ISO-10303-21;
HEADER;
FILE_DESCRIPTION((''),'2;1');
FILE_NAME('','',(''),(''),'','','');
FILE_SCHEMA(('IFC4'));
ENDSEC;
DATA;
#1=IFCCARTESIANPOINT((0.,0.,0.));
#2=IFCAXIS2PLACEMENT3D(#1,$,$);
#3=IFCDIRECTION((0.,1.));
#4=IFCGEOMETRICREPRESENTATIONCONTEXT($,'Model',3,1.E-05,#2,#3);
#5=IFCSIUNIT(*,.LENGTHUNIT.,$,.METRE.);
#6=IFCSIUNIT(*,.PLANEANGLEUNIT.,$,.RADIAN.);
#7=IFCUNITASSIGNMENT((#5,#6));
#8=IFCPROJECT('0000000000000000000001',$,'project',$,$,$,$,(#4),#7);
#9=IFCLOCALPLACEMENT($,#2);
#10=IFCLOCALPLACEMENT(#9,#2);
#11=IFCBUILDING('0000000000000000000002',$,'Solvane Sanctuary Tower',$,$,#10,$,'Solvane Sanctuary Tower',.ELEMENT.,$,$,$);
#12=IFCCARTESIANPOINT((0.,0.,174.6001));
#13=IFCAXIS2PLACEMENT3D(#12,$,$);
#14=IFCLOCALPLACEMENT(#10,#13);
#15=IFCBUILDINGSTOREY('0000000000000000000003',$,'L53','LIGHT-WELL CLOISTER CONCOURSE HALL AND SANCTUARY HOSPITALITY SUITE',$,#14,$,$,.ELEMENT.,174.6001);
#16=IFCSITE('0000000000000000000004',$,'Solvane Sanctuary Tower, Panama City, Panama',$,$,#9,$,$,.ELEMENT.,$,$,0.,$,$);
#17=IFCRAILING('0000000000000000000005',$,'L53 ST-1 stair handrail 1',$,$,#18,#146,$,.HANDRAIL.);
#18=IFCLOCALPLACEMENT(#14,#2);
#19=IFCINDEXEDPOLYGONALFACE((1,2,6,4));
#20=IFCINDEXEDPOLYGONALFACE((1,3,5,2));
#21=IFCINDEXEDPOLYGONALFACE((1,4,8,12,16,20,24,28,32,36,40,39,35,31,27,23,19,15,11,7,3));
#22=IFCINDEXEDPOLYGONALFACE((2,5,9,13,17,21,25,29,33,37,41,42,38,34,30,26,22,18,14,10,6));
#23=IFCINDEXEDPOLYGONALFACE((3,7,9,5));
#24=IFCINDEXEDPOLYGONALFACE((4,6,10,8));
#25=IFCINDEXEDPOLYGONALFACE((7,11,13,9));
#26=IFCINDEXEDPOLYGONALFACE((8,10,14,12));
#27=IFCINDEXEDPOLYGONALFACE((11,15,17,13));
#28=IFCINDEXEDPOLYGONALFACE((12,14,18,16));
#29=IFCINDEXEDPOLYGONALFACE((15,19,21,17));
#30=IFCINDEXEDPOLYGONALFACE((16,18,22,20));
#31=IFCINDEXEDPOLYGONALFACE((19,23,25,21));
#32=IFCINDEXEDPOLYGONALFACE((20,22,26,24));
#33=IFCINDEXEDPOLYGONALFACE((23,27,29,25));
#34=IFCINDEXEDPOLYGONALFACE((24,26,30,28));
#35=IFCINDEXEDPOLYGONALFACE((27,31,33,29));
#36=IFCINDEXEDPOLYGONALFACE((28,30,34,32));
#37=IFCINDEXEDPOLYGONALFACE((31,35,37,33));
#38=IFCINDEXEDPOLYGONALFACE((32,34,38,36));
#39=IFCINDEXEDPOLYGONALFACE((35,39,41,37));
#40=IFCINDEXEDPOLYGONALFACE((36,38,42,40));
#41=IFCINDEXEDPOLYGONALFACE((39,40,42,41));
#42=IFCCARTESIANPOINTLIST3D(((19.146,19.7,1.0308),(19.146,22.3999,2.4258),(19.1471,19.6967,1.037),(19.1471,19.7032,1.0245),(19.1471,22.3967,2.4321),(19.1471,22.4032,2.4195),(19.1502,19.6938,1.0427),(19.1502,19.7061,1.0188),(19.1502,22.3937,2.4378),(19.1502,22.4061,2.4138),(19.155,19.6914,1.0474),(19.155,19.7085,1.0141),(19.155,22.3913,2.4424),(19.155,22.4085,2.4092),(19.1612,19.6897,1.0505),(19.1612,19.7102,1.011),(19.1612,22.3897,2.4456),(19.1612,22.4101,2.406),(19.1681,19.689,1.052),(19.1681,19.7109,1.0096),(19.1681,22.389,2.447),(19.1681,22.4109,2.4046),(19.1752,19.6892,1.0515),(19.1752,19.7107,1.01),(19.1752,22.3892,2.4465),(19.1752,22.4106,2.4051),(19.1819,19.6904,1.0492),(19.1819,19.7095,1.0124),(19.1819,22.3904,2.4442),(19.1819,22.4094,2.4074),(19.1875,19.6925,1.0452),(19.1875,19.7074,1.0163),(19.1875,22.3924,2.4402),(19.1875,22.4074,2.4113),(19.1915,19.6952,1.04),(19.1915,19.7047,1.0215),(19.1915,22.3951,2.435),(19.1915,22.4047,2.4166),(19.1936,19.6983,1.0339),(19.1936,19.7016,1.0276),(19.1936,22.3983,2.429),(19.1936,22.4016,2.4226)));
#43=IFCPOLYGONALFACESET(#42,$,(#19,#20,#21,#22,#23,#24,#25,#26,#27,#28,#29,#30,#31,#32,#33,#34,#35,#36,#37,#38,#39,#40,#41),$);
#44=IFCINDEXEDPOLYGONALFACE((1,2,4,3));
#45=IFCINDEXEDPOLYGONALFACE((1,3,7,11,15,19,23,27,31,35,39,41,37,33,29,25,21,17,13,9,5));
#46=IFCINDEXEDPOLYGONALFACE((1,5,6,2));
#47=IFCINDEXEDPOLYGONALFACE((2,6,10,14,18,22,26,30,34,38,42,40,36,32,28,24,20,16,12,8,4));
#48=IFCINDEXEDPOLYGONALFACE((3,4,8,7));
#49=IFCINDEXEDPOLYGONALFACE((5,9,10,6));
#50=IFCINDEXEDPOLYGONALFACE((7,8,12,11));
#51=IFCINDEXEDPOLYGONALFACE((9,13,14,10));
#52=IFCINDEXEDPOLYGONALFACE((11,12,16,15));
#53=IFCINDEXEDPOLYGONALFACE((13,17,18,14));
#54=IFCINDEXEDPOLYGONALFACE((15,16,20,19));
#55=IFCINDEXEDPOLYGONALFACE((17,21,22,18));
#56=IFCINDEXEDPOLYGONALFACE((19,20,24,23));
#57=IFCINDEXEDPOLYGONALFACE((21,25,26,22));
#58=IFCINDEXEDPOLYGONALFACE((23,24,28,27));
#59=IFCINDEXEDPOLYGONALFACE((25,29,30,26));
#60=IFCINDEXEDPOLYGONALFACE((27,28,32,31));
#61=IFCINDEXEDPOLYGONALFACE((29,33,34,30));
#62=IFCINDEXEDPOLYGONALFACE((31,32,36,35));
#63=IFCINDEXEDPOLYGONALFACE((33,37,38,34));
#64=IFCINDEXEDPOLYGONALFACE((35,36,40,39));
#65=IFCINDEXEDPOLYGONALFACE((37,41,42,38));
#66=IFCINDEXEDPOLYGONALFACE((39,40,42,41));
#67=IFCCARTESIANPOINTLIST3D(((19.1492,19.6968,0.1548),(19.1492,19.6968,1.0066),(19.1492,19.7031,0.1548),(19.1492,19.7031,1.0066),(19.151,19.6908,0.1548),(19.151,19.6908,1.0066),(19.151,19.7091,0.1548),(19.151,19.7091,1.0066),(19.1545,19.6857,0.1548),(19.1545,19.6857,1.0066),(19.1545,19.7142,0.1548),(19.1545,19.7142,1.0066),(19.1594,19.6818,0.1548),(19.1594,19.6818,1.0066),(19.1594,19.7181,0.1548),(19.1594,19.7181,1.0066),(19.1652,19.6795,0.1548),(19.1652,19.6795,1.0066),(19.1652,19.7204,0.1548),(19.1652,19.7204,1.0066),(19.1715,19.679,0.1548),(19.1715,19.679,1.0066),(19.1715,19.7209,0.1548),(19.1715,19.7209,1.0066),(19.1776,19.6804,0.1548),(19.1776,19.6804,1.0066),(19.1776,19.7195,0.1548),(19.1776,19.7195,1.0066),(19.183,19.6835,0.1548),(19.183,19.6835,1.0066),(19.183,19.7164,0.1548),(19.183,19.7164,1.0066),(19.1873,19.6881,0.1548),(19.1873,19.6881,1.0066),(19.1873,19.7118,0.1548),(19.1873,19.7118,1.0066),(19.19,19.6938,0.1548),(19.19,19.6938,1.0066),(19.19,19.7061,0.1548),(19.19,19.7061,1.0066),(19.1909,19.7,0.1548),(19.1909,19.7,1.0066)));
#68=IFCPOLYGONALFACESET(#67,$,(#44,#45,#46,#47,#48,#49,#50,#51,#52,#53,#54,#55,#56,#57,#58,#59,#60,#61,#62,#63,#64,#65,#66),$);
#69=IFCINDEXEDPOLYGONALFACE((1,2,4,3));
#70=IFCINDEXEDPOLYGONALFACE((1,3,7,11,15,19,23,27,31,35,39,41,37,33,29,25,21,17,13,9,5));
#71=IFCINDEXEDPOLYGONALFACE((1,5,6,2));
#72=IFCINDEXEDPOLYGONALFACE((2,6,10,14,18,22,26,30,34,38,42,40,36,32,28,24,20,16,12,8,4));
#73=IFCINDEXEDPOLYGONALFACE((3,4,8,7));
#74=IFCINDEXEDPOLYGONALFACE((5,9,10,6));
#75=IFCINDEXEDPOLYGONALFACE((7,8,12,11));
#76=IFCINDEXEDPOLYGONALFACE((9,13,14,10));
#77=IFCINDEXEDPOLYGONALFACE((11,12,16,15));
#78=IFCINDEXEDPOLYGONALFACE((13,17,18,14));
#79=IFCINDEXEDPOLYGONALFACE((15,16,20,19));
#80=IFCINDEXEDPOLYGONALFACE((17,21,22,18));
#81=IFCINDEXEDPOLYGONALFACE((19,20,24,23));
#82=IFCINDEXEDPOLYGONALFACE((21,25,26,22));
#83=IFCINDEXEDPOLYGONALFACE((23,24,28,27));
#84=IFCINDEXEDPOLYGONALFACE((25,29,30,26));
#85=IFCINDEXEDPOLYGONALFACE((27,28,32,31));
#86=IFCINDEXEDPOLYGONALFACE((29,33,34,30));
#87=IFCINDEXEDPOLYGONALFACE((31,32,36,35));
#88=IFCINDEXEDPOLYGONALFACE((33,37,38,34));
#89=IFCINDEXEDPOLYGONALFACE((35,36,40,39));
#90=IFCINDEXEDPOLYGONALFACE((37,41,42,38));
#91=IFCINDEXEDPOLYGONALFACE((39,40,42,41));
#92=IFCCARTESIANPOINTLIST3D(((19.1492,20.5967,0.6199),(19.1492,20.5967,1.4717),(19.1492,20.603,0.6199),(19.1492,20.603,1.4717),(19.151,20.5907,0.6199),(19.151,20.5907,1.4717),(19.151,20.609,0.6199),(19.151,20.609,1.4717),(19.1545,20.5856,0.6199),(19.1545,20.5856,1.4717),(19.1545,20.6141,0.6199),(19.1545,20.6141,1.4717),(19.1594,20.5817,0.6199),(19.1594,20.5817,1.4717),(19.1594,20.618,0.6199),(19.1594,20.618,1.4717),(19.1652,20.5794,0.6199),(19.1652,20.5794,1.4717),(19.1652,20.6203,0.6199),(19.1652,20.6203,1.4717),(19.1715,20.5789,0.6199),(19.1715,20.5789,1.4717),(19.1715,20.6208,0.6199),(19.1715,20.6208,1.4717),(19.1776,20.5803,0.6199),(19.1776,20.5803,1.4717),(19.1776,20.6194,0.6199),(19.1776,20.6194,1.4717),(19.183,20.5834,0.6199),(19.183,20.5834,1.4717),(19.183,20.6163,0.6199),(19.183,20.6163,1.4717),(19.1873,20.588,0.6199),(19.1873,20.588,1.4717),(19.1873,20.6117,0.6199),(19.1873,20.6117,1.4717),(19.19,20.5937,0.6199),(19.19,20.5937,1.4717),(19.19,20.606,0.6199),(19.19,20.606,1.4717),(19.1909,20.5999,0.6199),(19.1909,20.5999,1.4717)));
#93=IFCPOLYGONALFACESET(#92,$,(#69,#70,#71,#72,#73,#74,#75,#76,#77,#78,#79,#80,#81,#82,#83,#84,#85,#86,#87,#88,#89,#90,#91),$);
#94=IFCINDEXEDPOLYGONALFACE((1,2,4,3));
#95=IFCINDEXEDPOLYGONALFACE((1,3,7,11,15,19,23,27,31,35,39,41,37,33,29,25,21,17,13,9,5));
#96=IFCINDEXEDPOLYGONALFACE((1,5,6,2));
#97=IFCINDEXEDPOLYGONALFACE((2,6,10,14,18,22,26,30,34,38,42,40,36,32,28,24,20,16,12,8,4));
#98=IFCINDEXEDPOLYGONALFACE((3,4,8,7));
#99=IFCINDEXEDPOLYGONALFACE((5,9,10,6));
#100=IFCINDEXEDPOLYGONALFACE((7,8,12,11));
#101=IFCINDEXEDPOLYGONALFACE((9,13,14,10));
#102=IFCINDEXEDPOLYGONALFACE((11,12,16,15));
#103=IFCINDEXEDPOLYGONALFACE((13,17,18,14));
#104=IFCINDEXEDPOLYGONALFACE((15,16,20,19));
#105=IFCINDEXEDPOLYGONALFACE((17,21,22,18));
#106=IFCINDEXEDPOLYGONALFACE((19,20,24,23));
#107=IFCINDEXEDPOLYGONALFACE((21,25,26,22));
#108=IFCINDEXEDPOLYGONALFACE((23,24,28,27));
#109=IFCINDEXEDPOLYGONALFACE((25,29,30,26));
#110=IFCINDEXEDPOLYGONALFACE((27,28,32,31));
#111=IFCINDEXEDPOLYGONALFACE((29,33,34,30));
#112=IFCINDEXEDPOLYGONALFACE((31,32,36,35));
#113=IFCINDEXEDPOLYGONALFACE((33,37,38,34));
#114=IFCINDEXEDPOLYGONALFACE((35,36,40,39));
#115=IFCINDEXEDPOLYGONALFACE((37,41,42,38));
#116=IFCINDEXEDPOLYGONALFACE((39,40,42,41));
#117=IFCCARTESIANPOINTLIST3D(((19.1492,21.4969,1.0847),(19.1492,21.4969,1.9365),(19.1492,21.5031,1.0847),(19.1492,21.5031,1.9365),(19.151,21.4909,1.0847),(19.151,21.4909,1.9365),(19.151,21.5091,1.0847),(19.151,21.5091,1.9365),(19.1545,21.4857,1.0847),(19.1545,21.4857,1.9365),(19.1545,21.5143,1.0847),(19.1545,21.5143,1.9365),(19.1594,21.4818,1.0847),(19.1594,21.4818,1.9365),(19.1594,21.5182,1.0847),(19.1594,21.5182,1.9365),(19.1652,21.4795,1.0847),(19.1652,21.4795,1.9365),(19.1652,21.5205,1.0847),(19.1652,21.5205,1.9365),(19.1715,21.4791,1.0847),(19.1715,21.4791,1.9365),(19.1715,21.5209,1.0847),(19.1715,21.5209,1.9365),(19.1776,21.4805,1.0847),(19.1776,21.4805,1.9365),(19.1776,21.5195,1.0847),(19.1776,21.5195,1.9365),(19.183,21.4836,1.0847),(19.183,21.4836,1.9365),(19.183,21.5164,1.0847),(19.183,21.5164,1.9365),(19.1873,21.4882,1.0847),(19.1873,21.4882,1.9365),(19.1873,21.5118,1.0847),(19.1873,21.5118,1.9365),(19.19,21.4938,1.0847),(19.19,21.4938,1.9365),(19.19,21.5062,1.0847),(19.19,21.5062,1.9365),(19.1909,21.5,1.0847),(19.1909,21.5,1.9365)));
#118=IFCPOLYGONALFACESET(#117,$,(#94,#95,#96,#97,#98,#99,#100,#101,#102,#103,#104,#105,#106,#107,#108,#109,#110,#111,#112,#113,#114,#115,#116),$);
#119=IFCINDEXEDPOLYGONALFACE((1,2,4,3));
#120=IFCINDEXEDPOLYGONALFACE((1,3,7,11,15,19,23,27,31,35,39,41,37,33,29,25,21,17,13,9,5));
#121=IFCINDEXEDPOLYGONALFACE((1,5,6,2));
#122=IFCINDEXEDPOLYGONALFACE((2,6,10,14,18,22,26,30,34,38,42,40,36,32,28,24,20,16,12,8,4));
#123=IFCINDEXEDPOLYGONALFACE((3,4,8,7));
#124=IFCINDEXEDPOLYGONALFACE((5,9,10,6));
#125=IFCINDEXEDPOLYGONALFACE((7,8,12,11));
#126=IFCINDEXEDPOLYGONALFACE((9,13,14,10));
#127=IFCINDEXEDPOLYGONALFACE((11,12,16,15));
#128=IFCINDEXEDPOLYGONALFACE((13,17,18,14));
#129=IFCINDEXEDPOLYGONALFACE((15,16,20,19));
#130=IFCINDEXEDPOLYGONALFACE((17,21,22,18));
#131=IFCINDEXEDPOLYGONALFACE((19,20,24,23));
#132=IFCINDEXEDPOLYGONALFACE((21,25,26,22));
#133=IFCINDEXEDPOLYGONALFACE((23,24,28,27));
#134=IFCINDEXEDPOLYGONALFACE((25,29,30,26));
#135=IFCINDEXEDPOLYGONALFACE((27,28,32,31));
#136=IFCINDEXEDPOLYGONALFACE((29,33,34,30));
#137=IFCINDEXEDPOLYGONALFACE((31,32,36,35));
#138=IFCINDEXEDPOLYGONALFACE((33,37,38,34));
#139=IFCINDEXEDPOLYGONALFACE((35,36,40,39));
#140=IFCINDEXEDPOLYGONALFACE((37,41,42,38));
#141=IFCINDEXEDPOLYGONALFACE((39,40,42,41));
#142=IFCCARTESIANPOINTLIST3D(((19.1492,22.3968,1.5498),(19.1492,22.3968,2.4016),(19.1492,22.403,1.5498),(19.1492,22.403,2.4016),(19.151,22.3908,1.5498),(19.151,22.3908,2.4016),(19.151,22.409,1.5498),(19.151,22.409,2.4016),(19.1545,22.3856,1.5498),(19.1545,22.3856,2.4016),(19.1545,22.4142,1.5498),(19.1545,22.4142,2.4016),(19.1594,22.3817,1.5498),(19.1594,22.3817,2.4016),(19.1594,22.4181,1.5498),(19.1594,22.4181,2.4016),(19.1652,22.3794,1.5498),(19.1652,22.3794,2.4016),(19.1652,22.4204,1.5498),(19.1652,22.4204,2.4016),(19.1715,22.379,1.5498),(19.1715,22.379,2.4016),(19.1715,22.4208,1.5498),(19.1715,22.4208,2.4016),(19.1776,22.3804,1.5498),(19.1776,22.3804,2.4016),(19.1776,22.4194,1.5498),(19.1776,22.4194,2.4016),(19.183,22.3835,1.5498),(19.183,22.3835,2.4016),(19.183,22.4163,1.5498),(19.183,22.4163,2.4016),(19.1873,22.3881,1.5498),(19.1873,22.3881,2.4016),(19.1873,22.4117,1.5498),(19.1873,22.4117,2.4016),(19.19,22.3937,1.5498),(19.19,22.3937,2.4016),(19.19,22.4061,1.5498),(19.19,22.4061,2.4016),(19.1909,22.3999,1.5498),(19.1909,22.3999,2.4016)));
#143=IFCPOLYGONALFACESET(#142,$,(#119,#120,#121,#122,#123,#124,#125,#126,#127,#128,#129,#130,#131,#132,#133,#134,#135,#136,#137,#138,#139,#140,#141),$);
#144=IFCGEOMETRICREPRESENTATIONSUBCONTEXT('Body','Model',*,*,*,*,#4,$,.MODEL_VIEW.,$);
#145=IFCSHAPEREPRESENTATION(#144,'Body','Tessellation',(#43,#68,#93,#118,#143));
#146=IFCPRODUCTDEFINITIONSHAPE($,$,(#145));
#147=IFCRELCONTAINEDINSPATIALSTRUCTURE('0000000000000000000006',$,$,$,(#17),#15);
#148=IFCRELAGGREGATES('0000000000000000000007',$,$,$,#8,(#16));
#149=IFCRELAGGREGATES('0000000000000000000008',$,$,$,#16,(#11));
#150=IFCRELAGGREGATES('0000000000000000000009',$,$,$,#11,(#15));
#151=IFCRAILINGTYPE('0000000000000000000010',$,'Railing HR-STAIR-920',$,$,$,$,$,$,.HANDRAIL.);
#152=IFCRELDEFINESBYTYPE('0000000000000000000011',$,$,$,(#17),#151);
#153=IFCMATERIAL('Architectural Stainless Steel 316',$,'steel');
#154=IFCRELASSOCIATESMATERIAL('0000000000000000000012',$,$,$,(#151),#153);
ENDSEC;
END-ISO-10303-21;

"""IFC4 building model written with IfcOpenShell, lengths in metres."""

from ifc_helpers import new_model, si_unit, direction, frame, origin, origin_2d, place, context, subcontext, project, spatial, circle, extrude, material, type_object, element, save


model = new_model("IFC4")

# Units and contexts
model_context = context("Model", 3, precision=1e-05, world=origin(), true_north=direction((0.0, 1.0)))
body_context = subcontext(model_context, "Body", "Model", "MODEL_VIEW")
ifc_project = project(units=[si_unit("LENGTHUNIT", "METRE"), si_unit("PLANEANGLEUNIT", "RADIAN")], contexts=[model_context])

# Site, building, storey
site_placement = place(None, origin())
site = spatial("IfcSite", under=ifc_project, at=site_placement, Name="Solvane Sanctuary Tower, Panama City, Panama", CompositionType="ELEMENT", RefElevation=0.0)
building_placement = place(site_placement, origin())
building = spatial("IfcBuilding", under=site, at=building_placement, Name="Solvane Sanctuary Tower", LongName="Solvane Sanctuary Tower", CompositionType="ELEMENT")
storey_placement = place(building_placement, frame((0.0, 0.0, 174.6001)))
storey = spatial("IfcBuildingStorey", under=building, at=storey_placement, Name="L53", Description="LIGHT-WELL CLOISTER CONCOURSE HALL AND SANCTUARY HOSPITALITY SUITE", CompositionType="ELEMENT", Elevation=174.6001)

# Shared definitions
ifc_material_1 = material(Name="Architectural Stainless Steel 316", Category="steel")

# Railing
railing_type = type_object("IfcRailingType", Name="Railing HR-STAIR-920", PredefinedType="HANDRAIL", material=ifc_material_1)
railing_placement = place(storey_placement, frame((19.1699, 19.7, 0.1548)))
element("IfcRailing", 1, at=railing_placement, inside=storey, type_object=railing_type, Name="L53 ST-1 stair handrail 1", PredefinedType="HANDRAIL", context=body_context, shape_type="SweptSolid", body=[
    extrude(circle(Radius=0.0239, at=origin_2d()), frame((0.0, 0.0, 0.876), z_axis=(0.0, 0.88842, 0.459032), x_axis=(-1.0, 0.0, 0.0)), (0.0, 0.0, 1.0), 3.0391),
    extrude(circle(Radius=0.021, at=origin_2d()), origin(), (0.0, 0.0, 1.0), 0.8518),
    extrude(circle(Radius=0.021, at=origin_2d()), frame((0.0, 0.8999, 0.4651)), (0.0, 0.0, 1.0), 0.8518),
    extrude(circle(Radius=0.021, at=origin_2d()), frame((0.0, 1.8, 0.9299)), (0.0, 0.0, 1.0), 0.8518),
    extrude(circle(Radius=0.021, at=origin_2d()), frame((0.0, 2.7, 1.395)), (0.0, 0.0, 1.0), 0.8518),
])

save(model, "model.ifc")
